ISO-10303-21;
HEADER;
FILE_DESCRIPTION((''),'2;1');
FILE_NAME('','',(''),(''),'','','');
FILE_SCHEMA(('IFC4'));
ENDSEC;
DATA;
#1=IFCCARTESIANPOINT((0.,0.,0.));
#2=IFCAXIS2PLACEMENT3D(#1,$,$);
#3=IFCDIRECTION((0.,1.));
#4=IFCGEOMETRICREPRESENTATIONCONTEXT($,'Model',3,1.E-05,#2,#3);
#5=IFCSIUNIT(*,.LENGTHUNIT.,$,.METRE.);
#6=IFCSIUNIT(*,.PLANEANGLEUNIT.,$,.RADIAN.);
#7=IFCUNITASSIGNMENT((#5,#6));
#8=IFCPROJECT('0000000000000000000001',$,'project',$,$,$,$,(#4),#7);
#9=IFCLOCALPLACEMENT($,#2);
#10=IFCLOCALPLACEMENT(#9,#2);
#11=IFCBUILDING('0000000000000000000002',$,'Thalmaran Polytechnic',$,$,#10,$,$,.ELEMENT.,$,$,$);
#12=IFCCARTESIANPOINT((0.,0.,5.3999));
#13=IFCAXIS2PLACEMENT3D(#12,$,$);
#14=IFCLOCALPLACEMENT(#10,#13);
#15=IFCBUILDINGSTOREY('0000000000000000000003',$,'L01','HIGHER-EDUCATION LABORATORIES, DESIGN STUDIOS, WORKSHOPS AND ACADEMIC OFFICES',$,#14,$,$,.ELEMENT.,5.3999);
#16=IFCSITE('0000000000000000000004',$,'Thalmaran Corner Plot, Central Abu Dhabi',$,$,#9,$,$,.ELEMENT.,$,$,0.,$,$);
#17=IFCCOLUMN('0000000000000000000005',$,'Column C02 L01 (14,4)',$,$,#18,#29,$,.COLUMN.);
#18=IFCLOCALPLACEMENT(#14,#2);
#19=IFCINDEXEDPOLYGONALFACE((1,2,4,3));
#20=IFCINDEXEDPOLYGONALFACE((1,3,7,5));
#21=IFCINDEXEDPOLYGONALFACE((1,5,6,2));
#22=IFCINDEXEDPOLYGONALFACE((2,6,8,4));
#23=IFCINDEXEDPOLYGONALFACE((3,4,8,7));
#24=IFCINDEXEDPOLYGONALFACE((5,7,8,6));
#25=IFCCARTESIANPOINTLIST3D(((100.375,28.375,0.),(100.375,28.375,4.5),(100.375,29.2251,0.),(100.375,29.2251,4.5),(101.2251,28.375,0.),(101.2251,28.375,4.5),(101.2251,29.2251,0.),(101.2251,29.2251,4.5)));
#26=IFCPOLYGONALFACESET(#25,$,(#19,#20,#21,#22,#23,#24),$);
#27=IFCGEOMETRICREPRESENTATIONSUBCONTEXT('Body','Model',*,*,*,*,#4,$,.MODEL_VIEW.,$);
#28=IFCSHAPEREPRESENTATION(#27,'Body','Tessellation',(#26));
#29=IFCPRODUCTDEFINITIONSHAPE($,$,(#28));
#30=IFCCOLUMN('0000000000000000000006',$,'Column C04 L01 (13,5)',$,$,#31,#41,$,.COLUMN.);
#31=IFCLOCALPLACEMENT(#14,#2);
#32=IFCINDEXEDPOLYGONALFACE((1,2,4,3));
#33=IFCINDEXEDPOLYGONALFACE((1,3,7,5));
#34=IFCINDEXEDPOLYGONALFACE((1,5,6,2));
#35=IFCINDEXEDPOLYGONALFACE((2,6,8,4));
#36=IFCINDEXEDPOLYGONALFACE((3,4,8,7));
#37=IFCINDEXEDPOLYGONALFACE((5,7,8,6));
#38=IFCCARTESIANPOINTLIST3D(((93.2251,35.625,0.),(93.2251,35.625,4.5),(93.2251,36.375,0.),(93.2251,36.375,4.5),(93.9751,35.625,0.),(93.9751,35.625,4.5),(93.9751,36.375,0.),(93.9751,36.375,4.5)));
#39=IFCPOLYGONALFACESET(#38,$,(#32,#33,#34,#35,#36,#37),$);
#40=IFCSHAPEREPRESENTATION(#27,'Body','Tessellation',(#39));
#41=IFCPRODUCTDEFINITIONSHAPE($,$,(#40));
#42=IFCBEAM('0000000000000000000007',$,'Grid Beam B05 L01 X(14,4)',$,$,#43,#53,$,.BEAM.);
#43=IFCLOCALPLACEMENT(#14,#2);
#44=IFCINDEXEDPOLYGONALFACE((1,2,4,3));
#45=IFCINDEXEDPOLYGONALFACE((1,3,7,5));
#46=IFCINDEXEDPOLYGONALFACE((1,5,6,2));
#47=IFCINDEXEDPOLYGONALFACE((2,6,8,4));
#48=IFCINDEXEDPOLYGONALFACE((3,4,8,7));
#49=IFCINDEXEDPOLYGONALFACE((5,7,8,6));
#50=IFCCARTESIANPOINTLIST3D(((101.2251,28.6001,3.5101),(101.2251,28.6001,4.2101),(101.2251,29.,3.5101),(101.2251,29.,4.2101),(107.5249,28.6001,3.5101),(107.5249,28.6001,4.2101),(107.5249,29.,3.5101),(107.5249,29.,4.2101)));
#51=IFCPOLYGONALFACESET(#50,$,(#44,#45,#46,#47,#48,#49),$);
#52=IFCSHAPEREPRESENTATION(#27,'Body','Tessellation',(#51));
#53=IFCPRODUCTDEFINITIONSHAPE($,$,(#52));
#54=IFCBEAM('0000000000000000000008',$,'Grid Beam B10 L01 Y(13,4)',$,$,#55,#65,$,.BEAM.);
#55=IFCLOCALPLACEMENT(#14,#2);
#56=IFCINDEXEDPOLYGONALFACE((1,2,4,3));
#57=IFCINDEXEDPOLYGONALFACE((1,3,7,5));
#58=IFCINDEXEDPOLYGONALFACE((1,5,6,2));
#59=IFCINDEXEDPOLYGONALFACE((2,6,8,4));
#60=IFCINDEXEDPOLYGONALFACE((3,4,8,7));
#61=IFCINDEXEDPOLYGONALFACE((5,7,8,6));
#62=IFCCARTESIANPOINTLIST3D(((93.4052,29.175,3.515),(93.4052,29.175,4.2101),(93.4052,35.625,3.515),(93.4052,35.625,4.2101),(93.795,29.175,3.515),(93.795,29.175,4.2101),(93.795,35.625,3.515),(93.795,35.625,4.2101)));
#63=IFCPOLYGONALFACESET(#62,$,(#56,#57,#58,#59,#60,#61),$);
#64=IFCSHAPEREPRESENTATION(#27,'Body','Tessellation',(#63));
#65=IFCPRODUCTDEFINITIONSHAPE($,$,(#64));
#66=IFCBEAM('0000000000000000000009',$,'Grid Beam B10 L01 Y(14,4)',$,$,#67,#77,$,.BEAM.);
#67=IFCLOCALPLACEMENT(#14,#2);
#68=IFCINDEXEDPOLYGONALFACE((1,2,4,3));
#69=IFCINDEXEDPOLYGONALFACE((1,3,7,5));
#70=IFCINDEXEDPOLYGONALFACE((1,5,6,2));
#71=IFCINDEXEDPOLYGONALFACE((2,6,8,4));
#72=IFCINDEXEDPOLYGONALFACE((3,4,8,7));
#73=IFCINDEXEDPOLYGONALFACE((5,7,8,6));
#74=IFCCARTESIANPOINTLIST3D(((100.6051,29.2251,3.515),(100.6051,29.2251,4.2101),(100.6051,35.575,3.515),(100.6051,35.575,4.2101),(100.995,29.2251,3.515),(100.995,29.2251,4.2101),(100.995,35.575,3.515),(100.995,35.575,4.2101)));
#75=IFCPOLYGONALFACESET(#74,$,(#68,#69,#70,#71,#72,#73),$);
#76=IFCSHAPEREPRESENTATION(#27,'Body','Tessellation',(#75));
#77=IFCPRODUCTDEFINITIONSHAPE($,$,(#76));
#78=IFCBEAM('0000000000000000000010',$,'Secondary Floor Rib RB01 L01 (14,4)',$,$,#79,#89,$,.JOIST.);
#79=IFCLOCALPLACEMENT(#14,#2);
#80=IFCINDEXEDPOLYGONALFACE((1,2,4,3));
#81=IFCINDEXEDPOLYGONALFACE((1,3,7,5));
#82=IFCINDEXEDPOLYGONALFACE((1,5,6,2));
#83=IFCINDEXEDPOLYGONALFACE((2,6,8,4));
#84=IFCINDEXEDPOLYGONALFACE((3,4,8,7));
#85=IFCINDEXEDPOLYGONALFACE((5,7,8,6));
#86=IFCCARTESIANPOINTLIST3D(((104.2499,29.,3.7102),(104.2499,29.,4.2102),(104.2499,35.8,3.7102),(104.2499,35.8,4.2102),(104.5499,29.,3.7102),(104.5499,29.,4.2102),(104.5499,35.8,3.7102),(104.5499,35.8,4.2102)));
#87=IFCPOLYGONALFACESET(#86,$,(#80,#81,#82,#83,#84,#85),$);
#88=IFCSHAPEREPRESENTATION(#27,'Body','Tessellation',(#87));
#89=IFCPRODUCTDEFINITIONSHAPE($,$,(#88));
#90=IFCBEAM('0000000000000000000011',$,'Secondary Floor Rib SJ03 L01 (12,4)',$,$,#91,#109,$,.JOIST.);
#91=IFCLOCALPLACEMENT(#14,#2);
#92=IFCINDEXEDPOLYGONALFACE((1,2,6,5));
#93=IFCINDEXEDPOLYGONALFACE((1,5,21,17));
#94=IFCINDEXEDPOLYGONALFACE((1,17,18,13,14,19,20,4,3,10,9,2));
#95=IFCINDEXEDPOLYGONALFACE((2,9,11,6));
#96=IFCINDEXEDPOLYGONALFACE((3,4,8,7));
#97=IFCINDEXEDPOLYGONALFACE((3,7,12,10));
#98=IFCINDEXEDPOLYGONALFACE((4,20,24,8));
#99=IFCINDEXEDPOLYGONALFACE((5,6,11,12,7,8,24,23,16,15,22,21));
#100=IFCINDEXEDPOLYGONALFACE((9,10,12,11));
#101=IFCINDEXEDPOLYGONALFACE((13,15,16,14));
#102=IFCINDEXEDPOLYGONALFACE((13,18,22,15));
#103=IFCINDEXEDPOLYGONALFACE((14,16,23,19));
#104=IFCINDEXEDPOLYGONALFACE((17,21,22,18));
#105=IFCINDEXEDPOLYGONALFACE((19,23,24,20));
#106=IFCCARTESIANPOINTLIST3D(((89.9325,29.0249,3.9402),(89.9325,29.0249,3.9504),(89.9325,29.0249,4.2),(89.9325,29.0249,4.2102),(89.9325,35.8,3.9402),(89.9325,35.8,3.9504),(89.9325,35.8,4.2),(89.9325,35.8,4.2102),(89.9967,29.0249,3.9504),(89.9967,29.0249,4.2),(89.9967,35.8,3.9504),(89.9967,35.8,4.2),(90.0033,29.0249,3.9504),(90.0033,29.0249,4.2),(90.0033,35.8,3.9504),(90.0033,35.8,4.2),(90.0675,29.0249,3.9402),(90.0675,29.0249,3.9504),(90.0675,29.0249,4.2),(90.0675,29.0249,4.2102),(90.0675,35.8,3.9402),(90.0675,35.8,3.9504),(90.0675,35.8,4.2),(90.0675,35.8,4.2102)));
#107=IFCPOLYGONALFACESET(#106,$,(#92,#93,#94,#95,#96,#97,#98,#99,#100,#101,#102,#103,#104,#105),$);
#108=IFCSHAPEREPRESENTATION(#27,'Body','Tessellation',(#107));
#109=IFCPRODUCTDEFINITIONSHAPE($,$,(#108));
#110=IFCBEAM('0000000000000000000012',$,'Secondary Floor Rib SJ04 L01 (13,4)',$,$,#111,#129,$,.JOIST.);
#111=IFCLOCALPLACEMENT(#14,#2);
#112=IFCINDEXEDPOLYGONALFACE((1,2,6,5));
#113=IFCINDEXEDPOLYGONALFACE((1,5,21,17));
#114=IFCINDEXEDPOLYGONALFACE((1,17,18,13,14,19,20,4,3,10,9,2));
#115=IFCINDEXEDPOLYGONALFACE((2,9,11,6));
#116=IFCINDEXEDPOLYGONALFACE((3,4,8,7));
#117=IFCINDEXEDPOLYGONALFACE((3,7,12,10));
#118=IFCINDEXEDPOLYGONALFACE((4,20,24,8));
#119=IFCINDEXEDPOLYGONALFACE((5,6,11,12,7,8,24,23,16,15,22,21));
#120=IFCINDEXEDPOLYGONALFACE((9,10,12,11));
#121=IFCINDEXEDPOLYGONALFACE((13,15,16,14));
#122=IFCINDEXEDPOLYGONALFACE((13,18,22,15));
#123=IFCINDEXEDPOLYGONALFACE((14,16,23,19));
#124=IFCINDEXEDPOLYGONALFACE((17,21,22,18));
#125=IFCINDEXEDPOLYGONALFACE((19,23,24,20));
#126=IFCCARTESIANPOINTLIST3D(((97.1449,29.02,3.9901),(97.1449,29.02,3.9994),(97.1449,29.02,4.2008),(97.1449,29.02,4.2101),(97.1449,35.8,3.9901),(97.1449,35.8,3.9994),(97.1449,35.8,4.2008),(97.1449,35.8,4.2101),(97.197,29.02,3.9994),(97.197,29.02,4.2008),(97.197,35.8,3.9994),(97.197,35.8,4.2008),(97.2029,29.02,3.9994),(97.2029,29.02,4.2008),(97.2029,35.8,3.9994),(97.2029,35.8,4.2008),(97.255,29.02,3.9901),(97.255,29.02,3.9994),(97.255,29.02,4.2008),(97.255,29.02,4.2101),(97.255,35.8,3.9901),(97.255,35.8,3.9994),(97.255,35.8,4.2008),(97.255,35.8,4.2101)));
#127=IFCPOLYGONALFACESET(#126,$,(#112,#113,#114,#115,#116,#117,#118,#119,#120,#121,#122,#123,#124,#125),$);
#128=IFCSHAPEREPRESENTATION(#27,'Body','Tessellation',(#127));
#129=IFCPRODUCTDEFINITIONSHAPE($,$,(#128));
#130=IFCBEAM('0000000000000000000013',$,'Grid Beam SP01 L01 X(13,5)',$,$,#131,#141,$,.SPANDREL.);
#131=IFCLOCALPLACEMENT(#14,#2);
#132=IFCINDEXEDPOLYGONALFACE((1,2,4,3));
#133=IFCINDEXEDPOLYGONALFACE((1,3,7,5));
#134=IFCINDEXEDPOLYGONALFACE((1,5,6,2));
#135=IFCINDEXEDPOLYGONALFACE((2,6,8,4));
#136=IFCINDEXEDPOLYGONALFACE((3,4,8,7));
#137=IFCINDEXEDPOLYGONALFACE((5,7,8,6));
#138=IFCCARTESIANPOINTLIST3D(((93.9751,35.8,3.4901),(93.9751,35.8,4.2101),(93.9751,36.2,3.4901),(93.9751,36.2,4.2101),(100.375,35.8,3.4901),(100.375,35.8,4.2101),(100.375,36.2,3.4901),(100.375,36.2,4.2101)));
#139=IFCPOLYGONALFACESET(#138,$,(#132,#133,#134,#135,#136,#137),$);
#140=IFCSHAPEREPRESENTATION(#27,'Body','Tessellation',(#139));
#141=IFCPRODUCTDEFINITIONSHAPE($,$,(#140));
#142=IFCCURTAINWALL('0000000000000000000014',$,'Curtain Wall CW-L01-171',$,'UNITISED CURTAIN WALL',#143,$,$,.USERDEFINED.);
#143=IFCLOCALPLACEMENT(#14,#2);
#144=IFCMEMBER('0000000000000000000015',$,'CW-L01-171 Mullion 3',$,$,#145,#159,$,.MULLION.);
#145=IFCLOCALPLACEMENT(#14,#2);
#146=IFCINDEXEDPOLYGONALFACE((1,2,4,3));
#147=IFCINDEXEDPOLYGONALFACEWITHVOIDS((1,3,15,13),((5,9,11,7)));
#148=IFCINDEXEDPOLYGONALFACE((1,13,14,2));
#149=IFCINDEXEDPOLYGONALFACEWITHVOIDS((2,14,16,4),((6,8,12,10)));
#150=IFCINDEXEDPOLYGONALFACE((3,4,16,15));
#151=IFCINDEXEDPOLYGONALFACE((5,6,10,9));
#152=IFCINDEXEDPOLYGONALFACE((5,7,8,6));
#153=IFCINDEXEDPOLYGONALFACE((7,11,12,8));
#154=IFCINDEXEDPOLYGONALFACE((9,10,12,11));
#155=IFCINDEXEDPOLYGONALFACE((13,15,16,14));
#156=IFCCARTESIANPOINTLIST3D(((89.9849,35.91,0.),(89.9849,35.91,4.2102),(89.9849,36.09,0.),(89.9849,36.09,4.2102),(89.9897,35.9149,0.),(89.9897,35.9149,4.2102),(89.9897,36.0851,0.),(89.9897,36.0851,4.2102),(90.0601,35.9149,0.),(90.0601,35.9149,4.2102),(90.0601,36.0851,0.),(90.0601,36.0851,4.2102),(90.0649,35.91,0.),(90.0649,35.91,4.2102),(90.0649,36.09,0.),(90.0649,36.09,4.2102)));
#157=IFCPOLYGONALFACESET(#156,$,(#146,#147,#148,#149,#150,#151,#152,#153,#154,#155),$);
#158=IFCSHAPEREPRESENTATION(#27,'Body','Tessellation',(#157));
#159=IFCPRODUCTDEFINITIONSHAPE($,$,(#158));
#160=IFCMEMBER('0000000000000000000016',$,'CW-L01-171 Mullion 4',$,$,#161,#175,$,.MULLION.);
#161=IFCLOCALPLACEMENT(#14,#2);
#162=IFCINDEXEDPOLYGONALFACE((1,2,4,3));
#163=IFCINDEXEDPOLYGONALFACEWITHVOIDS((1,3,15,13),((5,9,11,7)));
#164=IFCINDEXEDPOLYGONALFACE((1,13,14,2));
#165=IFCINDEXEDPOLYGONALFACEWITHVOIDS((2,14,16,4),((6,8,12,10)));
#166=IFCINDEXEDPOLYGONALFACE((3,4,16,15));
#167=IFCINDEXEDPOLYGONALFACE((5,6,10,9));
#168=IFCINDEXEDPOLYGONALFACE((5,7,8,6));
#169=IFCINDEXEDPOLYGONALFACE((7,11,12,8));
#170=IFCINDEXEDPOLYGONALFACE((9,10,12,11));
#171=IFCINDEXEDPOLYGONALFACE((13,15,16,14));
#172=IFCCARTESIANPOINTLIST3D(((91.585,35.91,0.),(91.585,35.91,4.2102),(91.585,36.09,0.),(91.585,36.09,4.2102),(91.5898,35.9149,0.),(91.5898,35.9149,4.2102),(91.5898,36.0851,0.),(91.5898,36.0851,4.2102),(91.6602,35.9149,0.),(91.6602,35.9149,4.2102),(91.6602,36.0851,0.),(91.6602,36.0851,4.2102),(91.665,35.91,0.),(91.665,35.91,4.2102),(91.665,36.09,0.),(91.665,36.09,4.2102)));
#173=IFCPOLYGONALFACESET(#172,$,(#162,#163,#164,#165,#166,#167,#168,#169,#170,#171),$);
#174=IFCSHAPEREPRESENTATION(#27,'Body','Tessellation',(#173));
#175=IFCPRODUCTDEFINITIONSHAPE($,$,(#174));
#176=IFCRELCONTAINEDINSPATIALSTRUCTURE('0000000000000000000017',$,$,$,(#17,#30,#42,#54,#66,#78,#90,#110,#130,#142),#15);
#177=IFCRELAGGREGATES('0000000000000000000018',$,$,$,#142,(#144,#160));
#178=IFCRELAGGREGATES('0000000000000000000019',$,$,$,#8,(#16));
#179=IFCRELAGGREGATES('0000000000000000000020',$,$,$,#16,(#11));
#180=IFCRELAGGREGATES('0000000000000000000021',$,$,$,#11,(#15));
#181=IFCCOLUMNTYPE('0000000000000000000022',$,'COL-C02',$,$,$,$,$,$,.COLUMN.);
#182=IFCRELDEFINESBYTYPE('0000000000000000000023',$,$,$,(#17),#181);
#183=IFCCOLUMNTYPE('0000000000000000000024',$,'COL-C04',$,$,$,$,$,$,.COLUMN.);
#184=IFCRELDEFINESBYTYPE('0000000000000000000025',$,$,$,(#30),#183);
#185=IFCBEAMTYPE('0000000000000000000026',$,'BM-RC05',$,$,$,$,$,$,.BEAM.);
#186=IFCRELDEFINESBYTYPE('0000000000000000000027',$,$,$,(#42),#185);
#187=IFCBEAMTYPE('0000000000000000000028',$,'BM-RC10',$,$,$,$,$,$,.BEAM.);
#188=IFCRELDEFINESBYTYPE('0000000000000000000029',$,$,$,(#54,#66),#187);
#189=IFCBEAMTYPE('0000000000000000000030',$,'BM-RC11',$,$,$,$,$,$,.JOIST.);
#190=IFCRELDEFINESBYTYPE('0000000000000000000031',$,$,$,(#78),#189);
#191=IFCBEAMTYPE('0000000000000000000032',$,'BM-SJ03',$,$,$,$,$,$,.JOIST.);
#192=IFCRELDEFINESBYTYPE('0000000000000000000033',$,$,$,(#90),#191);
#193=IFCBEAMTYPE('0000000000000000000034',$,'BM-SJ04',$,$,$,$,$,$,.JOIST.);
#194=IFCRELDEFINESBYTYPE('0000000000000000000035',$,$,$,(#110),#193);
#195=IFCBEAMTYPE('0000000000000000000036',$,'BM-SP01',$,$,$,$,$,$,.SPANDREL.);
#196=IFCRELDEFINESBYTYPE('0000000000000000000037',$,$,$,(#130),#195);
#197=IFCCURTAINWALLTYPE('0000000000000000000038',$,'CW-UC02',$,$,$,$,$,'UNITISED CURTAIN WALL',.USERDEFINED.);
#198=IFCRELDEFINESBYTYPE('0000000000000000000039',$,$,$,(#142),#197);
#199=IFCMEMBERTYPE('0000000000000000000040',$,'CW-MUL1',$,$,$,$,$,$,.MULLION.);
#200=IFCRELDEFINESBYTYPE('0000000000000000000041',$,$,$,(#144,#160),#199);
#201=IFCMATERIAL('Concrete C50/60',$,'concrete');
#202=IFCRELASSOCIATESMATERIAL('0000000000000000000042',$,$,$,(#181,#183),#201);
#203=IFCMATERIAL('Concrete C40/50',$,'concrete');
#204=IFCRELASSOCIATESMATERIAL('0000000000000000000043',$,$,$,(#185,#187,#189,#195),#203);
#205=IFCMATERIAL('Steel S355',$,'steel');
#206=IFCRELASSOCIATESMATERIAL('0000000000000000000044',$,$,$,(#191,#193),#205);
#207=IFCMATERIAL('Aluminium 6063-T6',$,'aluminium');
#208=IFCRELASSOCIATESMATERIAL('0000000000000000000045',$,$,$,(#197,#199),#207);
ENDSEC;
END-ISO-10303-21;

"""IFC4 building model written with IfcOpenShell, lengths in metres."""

from ifc_helpers import new_model, si_unit, direction, frame, origin, origin_2d, place, context, subcontext, project, spatial, rectangle, hollow_rectangle, i_section, extrude, material, material_profile, profile_set, type_object, element, aggregate, save


model = new_model("IFC4")

# Units and contexts
model_context = context("Model", 3, precision=1e-05, world=origin(), true_north=direction((0.0, 1.0)))
body_context = subcontext(model_context, "Body", "Model", "MODEL_VIEW")
ifc_project = project(units=[si_unit("LENGTHUNIT", "METRE"), si_unit("PLANEANGLEUNIT", "RADIAN")], contexts=[model_context])

# Site, building, storey
site_placement = place(None, origin())
site = spatial("IfcSite", under=ifc_project, at=site_placement, Name="Thalmaran Corner Plot, Central Abu Dhabi", CompositionType="ELEMENT", RefElevation=0.0)
building_placement = place(site_placement, origin())
building = spatial("IfcBuilding", under=site, at=building_placement, Name="Thalmaran Polytechnic", CompositionType="ELEMENT")
storey_placement = place(building_placement, frame((0.0, 0.0, 5.3999)))
storey = spatial("IfcBuildingStorey", under=building, at=storey_placement, Name="L01", Description="HIGHER-EDUCATION LABORATORIES, DESIGN STUDIOS, WORKSHOPS AND ACADEMIC OFFICES", CompositionType="ELEMENT", Elevation=5.3999)

# Columns
ifc_material_1 = material(Name="Concrete C50/60", Category="concrete")
ifc_material_profile_1 = material_profile(ifc_material_1, rectangle(XDim=0.8501, YDim=0.8501, at=origin_2d()), Name="RC 850x850")
ifc_profile_set_1 = profile_set([ifc_material_profile_1], Name="Concrete C50/60")
column_type_1 = type_object("IfcColumnType", Name="COL-C02", PredefinedType="COLUMN", material=ifc_profile_set_1)
column_1_placement = place(storey_placement, frame((100.8, 28.8, 0.0), z_axis=(0.0, 0.0, 1.0), x_axis=(1.0, 0.0, 0.0)))
element("IfcColumn", 1, at=column_1_placement, inside=storey, type_object=column_type_1, Name="Column C02 L01 (14,4)", PredefinedType="COLUMN", context=body_context, shape_type="SweptSolid", body=[
    extrude(rectangle(XDim=0.8501, YDim=0.8501, at=origin_2d()), origin(), (0.0, 0.0, 1.0), 4.5),
])
ifc_material_profile_2 = material_profile(ifc_material_1, rectangle(XDim=0.75, YDim=0.75, at=origin_2d()), Name="RC 750x750")
ifc_profile_set_2 = profile_set([ifc_material_profile_2], Name="Concrete C50/60")
column_type_2 = type_object("IfcColumnType", Name="COL-C04", PredefinedType="COLUMN", material=ifc_profile_set_2)
column_2_placement = place(storey_placement, frame((93.6001, 36.0, 0.0), z_axis=(0.0, 0.0, 1.0), x_axis=(1.0, 0.0, 0.0)))
element("IfcColumn", 2, at=column_2_placement, inside=storey, type_object=column_type_2, Name="Column C04 L01 (13,5)", PredefinedType="COLUMN", context=body_context, shape_type="SweptSolid", body=[
    extrude(rectangle(XDim=0.75, YDim=0.75, at=origin_2d()), origin(), (0.0, 0.0, 1.0), 4.5),
])

# Beams
ifc_material_2 = material(Name="Concrete C40/50", Category="concrete")
ifc_material_profile_3 = material_profile(ifc_material_2, rectangle(XDim=0.3999, YDim=0.7, at=origin_2d()), Name="RC 400x700")
ifc_profile_set_3 = profile_set([ifc_material_profile_3], Name="Concrete C40/50")
beam_type_1 = type_object("IfcBeamType", Name="BM-RC05", PredefinedType="BEAM", material=ifc_profile_set_3)
beam_1_placement = place(storey_placement, frame((101.2251, 28.8, 3.8601), z_axis=(1.0, 0.0, 0.0), x_axis=(0.0, 1.0, 0.0)))
element("IfcBeam", 3, at=beam_1_placement, inside=storey, type_object=beam_type_1, Name="Grid Beam B05 L01 X(14,4)", PredefinedType="BEAM", context=body_context, shape_type="SweptSolid", body=[
    extrude(rectangle(XDim=0.3999, YDim=0.7, at=origin_2d()), origin(), (0.0, 0.0, 1.0), 6.2998),
])
ifc_material_profile_4 = material_profile(ifc_material_2, rectangle(XDim=0.3899, YDim=0.6951, at=origin_2d()), Name="RC 390x695")
ifc_profile_set_4 = profile_set([ifc_material_profile_4], Name="Concrete C40/50")
beam_type_2 = type_object("IfcBeamType", Name="BM-RC10", PredefinedType="BEAM", material=ifc_profile_set_4)
beam_2_placement = place(storey_placement, frame((93.6001, 29.175, 3.8625), z_axis=(0.0, 1.0, 0.0), x_axis=(-1.0, 0.0, 0.0)))
element("IfcBeam", 4, at=beam_2_placement, inside=storey, type_object=beam_type_2, Name="Grid Beam B10 L01 Y(13,4)", PredefinedType="BEAM", context=body_context, shape_type="SweptSolid", body=[
    extrude(rectangle(XDim=0.3899, YDim=0.6951, at=origin_2d()), origin(), (0.0, 0.0, 1.0), 6.45),
])
beam_3_placement = place(storey_placement, frame((100.8, 29.2251, 3.8625), z_axis=(0.0, 1.0, 0.0), x_axis=(-1.0, 0.0, 0.0)))
element("IfcBeam", 5, at=beam_3_placement, inside=storey, type_object=beam_type_2, Name="Grid Beam B10 L01 Y(14,4)", PredefinedType="BEAM", context=body_context, shape_type="SweptSolid", body=[
    extrude(rectangle(XDim=0.3899, YDim=0.6951, at=origin_2d()), origin(), (0.0, 0.0, 1.0), 6.3499),
])
ifc_material_profile_5 = material_profile(ifc_material_2, rectangle(XDim=0.3, YDim=0.5, at=origin_2d()), Name="RC 300x500")
ifc_profile_set_5 = profile_set([ifc_material_profile_5], Name="Concrete C40/50")
beam_type_3 = type_object("IfcBeamType", Name="BM-RC11", PredefinedType="JOIST", material=ifc_profile_set_5)
beam_4_placement = place(storey_placement, frame((104.3999, 29.0, 3.9602), z_axis=(0.0, 1.0, 0.0), x_axis=(-1.0, 0.0, 0.0)))
element("IfcBeam", 6, at=beam_4_placement, inside=storey, type_object=beam_type_3, Name="Secondary Floor Rib RB01 L01 (14,4)", PredefinedType="JOIST", context=body_context, shape_type="SweptSolid", body=[
    extrude(rectangle(XDim=0.3, YDim=0.5, at=origin_2d()), origin(), (0.0, 0.0, 1.0), 6.8),
])
ifc_material_3 = material(Name="Steel S355", Category="steel")
ifc_material_profile_6 = material_profile(ifc_material_3, i_section(OverallWidth=0.135, OverallDepth=0.27, WebThickness=0.0066, FlangeThickness=0.0103, at=origin_2d()), Name="IPE 270")
ifc_profile_set_6 = profile_set([ifc_material_profile_6], Name="Steel S355")
beam_type_4 = type_object("IfcBeamType", Name="BM-SJ03", PredefinedType="JOIST", material=ifc_profile_set_6)
beam_5_placement = place(storey_placement, frame((90.0, 29.0249, 4.0752), z_axis=(0.0, 1.0, 0.0), x_axis=(-1.0, 0.0, 0.0)))
element("IfcBeam", 7, at=beam_5_placement, inside=storey, type_object=beam_type_4, Name="Secondary Floor Rib SJ03 L01 (12,4)", PredefinedType="JOIST", context=body_context, shape_type="SweptSolid", body=[
    extrude(i_section(OverallWidth=0.135, OverallDepth=0.27, WebThickness=0.0066, FlangeThickness=0.0103, at=origin_2d()), origin(), (0.0, 0.0, 1.0), 6.7751),
])
ifc_material_profile_7 = material_profile(ifc_material_3, i_section(OverallWidth=0.1101, OverallDepth=0.22, WebThickness=0.0059, FlangeThickness=0.0093, at=origin_2d()), Name="IPE 220")
ifc_profile_set_7 = profile_set([ifc_material_profile_7], Name="Steel S355")
beam_type_5 = type_object("IfcBeamType", Name="BM-SJ04", PredefinedType="JOIST", material=ifc_profile_set_7)
beam_6_placement = place(storey_placement, frame((97.2, 29.02, 4.1001), z_axis=(0.0, 1.0, 0.0), x_axis=(-1.0, 0.0, 0.0)))
element("IfcBeam", 8, at=beam_6_placement, inside=storey, type_object=beam_type_5, Name="Secondary Floor Rib SJ04 L01 (13,4)", PredefinedType="JOIST", context=body_context, shape_type="SweptSolid", body=[
    extrude(i_section(OverallWidth=0.1101, OverallDepth=0.22, WebThickness=0.0059, FlangeThickness=0.0093, at=origin_2d()), origin(), (0.0, 0.0, 1.0), 6.78),
])
ifc_material_profile_8 = material_profile(ifc_material_2, rectangle(XDim=0.3999, YDim=0.72, at=origin_2d()), Name="RC 400x720")
ifc_profile_set_8 = profile_set([ifc_material_profile_8], Name="Concrete C40/50")
beam_type_6 = type_object("IfcBeamType", Name="BM-SP01", PredefinedType="SPANDREL", material=ifc_profile_set_8)
beam_7_placement = place(storey_placement, frame((93.9751, 36.0, 3.8501), z_axis=(1.0, 0.0, 0.0), x_axis=(0.0, 1.0, 0.0)))
element("IfcBeam", 9, at=beam_7_placement, inside=storey, type_object=beam_type_6, Name="Grid Beam SP01 L01 X(13,5)", PredefinedType="SPANDREL", context=body_context, shape_type="SweptSolid", body=[
    extrude(rectangle(XDim=0.3999, YDim=0.72, at=origin_2d()), origin(), (0.0, 0.0, 1.0), 6.3999),
])

# Curtain wall, members
ifc_material_4 = material(Name="Aluminium 6063-T6", Category="aluminium")
curtain_wall_type = type_object("IfcCurtainWallType", Name="CW-UC02", ElementType="UNITISED CURTAIN WALL", PredefinedType="USERDEFINED", material=ifc_material_4)
curtain_wall_1_placement = place(storey_placement, origin())
curtain_wall_1 = element("IfcCurtainWall", 10, at=curtain_wall_1_placement, inside=storey, type_object=curtain_wall_type, Name="Curtain Wall CW-L01-171", ObjectType="UNITISED CURTAIN WALL", PredefinedType="USERDEFINED")
ifc_material_profile_9 = material_profile(ifc_material_4, hollow_rectangle(XDim=0.0801, YDim=0.1799, WallThickness=0.0049, at=origin_2d()), Name="RHS 180x80x5.0")
ifc_profile_set_9 = profile_set([ifc_material_profile_9], Name="Aluminium 6063-T6")
member_type_1 = type_object("IfcMemberType", Name="CW-MUL1", PredefinedType="MULLION", material=ifc_profile_set_9)
member_1_placement = place(storey_placement, frame((90.0249, 36.0, 0.0), z_axis=(0.0, 0.0, 1.0), x_axis=(1.0, 0.0, 0.0)))
member_1 = element("IfcMember", 11, at=member_1_placement, type_object=member_type_1, Name="CW-L01-171 Mullion 3", PredefinedType="MULLION", context=body_context, shape_type="SweptSolid", body=[
    extrude(hollow_rectangle(XDim=0.0801, YDim=0.1799, WallThickness=0.0049, at=origin_2d()), origin(), (0.0, 0.0, 1.0), 4.2102),
])
member_2_placement = place(storey_placement, frame((91.625, 36.0, 0.0), z_axis=(0.0, 0.0, 1.0), x_axis=(1.0, 0.0, 0.0)))
member_2 = element("IfcMember", 12, at=member_2_placement, type_object=member_type_1, Name="CW-L01-171 Mullion 4", PredefinedType="MULLION", context=body_context, shape_type="SweptSolid", body=[
    extrude(hollow_rectangle(XDim=0.0801, YDim=0.1799, WallThickness=0.0049, at=origin_2d()), origin(), (0.0, 0.0, 1.0), 4.2102),
])

aggregate(curtain_wall_1, [member_1, member_2])

save(model, "model.ifc")
